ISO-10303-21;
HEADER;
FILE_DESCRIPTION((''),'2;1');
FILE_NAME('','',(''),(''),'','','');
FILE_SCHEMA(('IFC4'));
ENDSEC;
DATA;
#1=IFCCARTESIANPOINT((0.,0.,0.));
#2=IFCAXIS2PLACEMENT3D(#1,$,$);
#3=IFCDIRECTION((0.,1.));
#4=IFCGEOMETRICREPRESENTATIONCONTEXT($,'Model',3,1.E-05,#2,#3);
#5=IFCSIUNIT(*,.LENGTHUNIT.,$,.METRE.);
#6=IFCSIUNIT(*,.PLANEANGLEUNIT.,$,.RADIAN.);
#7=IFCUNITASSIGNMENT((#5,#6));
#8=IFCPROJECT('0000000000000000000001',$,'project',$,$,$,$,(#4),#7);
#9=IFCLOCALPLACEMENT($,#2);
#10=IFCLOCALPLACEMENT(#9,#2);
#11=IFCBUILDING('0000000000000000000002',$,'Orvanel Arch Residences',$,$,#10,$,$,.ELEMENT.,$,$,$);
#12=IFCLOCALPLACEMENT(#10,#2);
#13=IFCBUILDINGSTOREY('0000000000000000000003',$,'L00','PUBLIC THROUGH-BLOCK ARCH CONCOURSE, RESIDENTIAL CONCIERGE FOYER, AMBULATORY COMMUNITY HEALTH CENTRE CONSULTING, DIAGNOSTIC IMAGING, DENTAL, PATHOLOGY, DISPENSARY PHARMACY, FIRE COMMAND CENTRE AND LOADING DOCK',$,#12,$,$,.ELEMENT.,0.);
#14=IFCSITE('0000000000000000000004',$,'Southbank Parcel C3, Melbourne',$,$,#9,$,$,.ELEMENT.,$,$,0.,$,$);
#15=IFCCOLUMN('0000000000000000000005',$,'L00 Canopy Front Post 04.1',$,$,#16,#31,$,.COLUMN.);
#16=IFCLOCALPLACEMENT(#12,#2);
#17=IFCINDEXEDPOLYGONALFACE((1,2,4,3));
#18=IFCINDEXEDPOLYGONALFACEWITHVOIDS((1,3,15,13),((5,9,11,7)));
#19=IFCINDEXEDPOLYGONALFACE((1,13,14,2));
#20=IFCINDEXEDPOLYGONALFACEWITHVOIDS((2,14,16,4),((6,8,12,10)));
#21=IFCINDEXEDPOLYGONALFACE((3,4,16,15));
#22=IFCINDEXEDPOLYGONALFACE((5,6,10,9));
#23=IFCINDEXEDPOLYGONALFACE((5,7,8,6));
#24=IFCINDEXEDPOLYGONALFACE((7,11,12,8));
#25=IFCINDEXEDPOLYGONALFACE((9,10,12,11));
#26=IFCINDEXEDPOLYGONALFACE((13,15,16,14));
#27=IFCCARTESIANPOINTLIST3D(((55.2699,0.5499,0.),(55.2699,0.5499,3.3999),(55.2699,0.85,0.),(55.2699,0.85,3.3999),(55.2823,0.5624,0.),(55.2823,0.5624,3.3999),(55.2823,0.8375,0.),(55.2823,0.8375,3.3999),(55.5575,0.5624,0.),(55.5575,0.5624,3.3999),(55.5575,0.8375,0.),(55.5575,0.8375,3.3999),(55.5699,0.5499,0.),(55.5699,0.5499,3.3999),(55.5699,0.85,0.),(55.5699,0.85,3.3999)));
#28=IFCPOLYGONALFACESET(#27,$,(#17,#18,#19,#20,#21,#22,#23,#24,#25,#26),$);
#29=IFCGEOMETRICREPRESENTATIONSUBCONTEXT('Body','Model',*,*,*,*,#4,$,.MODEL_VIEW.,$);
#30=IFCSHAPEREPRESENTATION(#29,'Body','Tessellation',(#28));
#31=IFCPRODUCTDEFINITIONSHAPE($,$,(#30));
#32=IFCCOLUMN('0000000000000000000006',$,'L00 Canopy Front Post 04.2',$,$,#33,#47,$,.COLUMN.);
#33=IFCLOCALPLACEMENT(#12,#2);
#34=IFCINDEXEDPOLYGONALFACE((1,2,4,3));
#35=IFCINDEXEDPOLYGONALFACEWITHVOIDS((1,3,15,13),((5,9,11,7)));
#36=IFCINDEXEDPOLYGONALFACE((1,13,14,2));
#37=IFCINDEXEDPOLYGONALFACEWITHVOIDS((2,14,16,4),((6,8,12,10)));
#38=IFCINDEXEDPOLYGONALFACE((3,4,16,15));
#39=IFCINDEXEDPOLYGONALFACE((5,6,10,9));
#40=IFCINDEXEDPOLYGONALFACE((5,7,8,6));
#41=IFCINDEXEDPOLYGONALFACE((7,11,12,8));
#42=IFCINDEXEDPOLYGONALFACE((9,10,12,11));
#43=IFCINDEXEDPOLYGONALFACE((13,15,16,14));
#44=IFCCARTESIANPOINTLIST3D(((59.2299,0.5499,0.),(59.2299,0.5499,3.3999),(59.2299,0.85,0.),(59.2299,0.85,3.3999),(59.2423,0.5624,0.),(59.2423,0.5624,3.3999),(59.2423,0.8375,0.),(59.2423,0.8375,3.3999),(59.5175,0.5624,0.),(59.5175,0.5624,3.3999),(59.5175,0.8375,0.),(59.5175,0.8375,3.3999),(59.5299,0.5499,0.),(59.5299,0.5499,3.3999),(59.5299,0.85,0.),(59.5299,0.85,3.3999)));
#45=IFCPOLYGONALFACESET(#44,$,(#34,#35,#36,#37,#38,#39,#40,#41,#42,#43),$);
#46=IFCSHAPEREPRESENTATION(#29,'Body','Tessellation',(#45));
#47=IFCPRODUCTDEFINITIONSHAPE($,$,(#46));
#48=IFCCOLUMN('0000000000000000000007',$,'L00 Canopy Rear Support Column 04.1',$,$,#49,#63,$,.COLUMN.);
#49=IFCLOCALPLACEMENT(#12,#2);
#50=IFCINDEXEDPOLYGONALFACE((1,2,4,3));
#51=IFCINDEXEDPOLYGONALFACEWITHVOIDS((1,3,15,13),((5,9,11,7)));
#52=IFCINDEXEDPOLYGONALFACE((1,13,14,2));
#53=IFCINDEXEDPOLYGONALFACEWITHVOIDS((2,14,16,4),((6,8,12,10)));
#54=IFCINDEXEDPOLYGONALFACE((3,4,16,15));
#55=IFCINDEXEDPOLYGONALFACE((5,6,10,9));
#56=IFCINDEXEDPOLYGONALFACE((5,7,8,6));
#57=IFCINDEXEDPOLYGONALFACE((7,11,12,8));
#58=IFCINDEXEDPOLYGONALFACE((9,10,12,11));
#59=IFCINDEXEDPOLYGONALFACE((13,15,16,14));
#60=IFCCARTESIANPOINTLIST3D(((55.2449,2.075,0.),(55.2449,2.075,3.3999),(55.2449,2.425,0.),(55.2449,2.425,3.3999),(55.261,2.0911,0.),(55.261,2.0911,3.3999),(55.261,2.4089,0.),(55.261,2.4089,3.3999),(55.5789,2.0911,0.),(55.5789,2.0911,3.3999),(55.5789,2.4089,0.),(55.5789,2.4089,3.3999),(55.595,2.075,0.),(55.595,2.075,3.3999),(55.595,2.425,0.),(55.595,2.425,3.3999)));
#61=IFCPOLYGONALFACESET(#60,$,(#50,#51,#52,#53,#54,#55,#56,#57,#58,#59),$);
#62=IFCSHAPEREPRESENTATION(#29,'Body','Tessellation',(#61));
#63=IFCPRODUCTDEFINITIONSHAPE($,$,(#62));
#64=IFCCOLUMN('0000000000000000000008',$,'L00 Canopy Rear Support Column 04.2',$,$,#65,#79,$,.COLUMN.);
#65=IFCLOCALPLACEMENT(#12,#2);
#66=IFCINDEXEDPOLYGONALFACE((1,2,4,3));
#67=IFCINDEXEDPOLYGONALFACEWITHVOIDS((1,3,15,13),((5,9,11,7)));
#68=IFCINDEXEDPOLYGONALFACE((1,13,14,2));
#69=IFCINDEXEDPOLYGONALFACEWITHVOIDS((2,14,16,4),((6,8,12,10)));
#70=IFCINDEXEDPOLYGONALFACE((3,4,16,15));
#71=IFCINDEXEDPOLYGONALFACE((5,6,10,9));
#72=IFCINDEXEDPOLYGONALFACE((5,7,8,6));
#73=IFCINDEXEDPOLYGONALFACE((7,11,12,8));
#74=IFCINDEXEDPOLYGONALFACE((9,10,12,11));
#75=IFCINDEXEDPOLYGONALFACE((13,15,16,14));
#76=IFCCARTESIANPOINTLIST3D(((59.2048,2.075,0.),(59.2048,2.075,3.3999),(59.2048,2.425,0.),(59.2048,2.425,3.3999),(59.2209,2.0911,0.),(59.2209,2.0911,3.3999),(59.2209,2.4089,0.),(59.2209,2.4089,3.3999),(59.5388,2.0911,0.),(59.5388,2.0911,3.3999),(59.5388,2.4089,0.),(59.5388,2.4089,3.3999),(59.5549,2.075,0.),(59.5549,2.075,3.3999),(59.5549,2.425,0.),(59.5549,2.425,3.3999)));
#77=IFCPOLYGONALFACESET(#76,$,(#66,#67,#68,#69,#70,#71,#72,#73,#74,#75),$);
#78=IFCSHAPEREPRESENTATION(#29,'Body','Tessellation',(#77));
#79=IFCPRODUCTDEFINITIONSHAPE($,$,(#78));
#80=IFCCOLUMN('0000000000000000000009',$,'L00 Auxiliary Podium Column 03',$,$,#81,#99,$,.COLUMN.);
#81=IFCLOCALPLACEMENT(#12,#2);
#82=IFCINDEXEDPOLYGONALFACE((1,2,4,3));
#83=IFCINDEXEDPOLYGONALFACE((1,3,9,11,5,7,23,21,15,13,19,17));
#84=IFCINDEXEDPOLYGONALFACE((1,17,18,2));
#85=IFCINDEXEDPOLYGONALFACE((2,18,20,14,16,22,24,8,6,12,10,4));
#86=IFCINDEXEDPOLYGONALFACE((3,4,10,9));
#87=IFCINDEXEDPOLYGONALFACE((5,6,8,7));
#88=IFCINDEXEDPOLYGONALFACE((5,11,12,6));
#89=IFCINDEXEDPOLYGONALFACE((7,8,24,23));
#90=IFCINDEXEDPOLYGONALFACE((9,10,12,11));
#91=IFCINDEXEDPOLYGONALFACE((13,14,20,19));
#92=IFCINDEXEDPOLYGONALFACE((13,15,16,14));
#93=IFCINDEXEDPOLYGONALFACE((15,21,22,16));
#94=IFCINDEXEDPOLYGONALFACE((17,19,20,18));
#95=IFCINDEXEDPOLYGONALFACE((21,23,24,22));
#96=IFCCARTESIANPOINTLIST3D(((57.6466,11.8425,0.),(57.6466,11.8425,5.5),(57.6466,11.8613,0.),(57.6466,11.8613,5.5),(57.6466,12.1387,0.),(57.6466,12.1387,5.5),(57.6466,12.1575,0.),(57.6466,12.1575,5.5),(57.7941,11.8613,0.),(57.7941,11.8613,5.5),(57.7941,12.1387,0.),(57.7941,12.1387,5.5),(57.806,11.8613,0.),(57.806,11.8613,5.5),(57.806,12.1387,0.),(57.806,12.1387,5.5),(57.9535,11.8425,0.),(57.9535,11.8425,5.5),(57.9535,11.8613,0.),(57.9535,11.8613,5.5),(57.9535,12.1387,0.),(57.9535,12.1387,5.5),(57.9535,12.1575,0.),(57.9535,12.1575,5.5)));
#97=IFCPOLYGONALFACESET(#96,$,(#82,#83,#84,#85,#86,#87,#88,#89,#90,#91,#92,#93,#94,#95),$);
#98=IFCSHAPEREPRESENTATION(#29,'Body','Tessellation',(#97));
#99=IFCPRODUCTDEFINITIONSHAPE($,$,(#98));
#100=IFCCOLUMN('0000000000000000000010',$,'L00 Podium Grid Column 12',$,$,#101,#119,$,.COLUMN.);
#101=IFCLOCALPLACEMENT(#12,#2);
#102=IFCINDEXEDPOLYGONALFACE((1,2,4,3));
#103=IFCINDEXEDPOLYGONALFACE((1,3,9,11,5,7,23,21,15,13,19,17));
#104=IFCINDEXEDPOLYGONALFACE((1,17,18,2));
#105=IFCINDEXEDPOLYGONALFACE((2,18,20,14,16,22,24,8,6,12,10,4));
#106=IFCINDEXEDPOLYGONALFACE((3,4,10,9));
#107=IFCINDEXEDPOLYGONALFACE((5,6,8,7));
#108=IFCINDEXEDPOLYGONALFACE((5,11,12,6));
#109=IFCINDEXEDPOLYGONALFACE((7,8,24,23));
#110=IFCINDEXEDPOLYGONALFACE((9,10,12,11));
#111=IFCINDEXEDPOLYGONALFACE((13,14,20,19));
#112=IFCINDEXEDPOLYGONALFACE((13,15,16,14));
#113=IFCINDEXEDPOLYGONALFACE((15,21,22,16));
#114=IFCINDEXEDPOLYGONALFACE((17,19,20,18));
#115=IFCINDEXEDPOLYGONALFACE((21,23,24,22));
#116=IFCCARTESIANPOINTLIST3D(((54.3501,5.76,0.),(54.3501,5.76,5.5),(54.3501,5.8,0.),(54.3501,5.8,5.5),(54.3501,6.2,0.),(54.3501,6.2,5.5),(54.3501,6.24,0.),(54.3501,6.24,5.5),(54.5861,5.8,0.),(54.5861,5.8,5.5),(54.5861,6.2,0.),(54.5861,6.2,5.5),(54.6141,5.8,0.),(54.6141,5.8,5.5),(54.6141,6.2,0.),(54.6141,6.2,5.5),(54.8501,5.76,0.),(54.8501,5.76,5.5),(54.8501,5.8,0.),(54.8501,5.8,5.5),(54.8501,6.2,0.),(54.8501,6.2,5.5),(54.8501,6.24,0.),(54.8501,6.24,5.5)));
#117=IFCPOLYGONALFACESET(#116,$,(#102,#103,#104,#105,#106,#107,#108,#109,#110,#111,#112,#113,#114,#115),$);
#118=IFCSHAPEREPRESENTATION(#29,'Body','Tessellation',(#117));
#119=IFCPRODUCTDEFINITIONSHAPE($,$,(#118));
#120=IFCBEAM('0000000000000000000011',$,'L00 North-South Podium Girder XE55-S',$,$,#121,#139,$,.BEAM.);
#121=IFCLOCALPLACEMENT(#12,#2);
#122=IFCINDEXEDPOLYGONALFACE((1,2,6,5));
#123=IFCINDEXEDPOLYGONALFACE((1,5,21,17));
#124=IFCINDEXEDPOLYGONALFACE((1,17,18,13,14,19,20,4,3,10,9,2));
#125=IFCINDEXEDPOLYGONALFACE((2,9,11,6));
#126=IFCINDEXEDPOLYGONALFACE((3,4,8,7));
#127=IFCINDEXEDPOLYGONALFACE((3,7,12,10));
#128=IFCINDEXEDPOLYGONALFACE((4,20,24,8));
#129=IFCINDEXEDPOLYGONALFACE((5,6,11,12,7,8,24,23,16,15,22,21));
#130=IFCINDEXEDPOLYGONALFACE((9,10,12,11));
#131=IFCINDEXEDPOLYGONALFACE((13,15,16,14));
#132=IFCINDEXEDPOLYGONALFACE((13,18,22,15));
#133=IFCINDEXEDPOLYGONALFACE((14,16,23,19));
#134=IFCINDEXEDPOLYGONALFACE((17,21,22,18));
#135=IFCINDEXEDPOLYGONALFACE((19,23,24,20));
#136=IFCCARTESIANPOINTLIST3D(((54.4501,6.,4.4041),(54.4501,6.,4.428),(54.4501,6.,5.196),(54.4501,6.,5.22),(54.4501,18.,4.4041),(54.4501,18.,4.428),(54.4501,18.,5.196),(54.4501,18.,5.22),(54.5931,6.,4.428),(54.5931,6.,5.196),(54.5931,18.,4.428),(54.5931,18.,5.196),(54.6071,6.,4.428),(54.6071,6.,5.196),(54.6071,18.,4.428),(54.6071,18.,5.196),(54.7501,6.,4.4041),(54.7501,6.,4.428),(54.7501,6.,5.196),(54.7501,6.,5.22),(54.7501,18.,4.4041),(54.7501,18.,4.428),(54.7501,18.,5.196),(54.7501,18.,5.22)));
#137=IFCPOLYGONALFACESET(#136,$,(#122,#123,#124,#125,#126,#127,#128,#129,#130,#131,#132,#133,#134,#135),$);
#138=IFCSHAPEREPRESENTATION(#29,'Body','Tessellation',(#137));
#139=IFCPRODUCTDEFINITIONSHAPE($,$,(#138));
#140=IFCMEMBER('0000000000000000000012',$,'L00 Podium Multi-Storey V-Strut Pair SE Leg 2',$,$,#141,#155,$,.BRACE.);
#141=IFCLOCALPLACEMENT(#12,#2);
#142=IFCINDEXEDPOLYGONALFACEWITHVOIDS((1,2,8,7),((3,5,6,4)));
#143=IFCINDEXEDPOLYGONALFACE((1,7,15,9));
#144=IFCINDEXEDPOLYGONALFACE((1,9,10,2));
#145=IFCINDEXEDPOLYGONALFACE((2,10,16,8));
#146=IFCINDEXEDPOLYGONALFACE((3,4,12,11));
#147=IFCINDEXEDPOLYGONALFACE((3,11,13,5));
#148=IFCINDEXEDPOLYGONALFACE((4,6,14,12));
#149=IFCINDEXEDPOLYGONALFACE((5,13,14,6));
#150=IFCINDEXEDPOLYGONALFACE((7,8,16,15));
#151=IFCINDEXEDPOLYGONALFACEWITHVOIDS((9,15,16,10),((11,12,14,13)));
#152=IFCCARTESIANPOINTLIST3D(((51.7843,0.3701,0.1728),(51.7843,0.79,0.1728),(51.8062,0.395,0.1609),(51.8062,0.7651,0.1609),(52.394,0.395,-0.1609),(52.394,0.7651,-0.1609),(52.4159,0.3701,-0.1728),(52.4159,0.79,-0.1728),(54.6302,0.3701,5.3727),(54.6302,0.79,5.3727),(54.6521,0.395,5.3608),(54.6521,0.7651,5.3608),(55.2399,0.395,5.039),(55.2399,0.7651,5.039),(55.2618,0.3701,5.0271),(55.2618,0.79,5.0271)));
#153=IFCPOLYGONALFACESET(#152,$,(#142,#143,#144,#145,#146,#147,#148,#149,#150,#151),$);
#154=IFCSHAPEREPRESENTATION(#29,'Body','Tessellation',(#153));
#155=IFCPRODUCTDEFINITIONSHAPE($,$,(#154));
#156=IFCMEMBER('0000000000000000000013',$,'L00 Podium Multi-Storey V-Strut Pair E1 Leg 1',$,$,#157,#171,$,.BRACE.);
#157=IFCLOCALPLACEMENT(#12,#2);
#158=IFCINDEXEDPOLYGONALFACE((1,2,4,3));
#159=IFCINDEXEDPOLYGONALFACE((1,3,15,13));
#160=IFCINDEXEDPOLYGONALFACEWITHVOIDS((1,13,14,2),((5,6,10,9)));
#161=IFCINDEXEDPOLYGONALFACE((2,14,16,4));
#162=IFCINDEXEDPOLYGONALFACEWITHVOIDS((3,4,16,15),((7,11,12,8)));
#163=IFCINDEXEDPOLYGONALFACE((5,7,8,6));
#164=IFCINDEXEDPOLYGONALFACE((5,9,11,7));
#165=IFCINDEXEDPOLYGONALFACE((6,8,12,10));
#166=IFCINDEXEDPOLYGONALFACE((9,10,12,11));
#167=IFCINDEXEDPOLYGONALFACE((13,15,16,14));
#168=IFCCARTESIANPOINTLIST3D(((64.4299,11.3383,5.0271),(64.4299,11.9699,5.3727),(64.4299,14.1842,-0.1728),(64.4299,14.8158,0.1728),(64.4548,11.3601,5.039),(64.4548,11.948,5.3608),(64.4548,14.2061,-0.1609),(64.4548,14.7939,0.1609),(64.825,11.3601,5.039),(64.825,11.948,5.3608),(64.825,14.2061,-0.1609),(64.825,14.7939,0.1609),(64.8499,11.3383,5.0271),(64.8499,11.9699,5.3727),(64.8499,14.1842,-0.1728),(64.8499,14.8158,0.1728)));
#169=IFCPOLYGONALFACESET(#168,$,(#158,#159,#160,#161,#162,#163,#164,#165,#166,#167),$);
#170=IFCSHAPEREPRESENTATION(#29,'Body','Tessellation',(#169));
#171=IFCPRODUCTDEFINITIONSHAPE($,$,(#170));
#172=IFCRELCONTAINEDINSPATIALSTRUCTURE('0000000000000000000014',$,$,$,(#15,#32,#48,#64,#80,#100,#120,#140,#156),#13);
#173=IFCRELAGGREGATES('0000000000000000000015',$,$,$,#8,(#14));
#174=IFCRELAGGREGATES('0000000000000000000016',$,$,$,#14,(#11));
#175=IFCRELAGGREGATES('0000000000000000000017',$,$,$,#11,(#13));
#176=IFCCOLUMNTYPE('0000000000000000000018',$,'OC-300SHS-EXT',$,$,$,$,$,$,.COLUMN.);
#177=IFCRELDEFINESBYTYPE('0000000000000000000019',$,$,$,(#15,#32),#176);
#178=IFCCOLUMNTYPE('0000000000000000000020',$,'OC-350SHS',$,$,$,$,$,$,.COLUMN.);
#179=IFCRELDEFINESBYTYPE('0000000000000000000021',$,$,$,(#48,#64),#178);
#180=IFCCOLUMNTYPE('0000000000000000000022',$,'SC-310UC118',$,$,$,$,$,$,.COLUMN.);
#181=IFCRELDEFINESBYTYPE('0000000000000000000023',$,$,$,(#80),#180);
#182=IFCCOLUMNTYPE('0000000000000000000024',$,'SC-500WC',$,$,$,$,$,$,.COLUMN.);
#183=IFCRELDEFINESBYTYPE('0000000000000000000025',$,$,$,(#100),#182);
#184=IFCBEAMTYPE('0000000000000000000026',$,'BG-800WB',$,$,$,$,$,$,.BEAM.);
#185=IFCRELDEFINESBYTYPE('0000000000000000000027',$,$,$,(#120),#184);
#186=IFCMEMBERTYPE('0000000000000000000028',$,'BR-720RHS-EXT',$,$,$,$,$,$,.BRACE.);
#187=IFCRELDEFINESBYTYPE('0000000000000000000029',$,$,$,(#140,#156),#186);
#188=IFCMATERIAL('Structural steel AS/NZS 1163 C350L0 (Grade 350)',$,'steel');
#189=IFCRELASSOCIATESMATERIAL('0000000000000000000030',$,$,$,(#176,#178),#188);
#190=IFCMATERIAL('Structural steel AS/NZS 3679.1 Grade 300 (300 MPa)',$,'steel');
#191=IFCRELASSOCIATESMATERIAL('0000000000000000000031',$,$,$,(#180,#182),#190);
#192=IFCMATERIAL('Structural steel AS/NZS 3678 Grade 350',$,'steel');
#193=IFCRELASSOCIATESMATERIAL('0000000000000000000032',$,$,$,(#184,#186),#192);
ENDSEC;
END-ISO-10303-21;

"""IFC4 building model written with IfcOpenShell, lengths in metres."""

from ifc_helpers import new_model, si_unit, direction, frame, origin, origin_2d, place, context, subcontext, project, spatial, hollow_rectangle, i_section, extrude, material, material_profile, profile_set, type_object, element, save


model = new_model("IFC4")

# Units and contexts
model_context = context("Model", 3, precision=1e-05, world=origin(), true_north=direction((0.0, 1.0)))
body_context = subcontext(model_context, "Body", "Model", "MODEL_VIEW")
ifc_project = project(units=[si_unit("LENGTHUNIT", "METRE"), si_unit("PLANEANGLEUNIT", "RADIAN")], contexts=[model_context])

# Site, building, storey
site_placement = place(None, origin())
site = spatial("IfcSite", under=ifc_project, at=site_placement, Name="Southbank Parcel C3, Melbourne", CompositionType="ELEMENT", RefElevation=0.0)
building_placement = place(site_placement, origin())
building = spatial("IfcBuilding", under=site, at=building_placement, Name="Orvanel Arch Residences", CompositionType="ELEMENT")
storey_placement = place(building_placement, origin())
storey = spatial("IfcBuildingStorey", under=building, at=storey_placement, Name="L00", Description="PUBLIC THROUGH-BLOCK ARCH CONCOURSE, RESIDENTIAL CONCIERGE FOYER, AMBULATORY COMMUNITY HEALTH CENTRE CONSULTING, DIAGNOSTIC IMAGING, DENTAL, PATHOLOGY, DISPENSARY PHARMACY, FIRE COMMAND CENTRE AND LOADING DOCK", CompositionType="ELEMENT", Elevation=0.0)

# Columns
ifc_material_1 = material(Name="Structural steel AS/NZS 1163 C350L0 (Grade 350)", Category="steel")
ifc_material_profile_1 = material_profile(ifc_material_1, hollow_rectangle(XDim=0.3, YDim=0.3, WallThickness=0.0125, at=origin_2d()), Name="SHS300x300x12.5")
ifc_profile_set_1 = profile_set([ifc_material_profile_1], Name="Structural steel AS/NZS 1163 C350L0 (Grade 350)")
column_type_1 = type_object("IfcColumnType", Name="OC-300SHS-EXT", PredefinedType="COLUMN", material=ifc_profile_set_1)
for number, where, z_axis, x_axis, name in (
    (1, (55.4199, 0.7, 0.0), (0.0, 0.0, 1.0), (1.0, 0.0, 0.0), "L00 Canopy Front Post 04.1"),
    (2, (59.3799, 0.7, 0.0), (0.0, 0.0, 1.0), (1.0, 0.0, 0.0), "L00 Canopy Front Post 04.2"),
):
    element("IfcColumn", number, at=place(storey_placement, frame(where, z_axis=z_axis, x_axis=x_axis)), inside=storey, type_object=column_type_1, Name=name, PredefinedType="COLUMN", context=body_context, shape_type="SweptSolid", body=[
        extrude(hollow_rectangle(XDim=0.3, YDim=0.3, WallThickness=0.0125, at=origin_2d()), origin(), (0.0, 0.0, 1.0), 3.3999),
    ])
ifc_material_profile_2 = material_profile(ifc_material_1, hollow_rectangle(XDim=0.3501, YDim=0.3501, WallThickness=0.0161, at=origin_2d()), Name="SHS350x350x16")
ifc_profile_set_2 = profile_set([ifc_material_profile_2], Name="Structural steel AS/NZS 1163 C350L0 (Grade 350)")
column_type_2 = type_object("IfcColumnType", Name="OC-350SHS", PredefinedType="COLUMN", material=ifc_profile_set_2)
for number, where, z_axis, x_axis, name in (
    (3, (55.4199, 2.25, 0.0), (0.0, 0.0, 1.0), (1.0, 0.0, 0.0), "L00 Canopy Rear Support Column 04.1"),
    (4, (59.3799, 2.25, 0.0), (0.0, 0.0, 1.0), (1.0, 0.0, 0.0), "L00 Canopy Rear Support Column 04.2"),
):
    element("IfcColumn", number, at=place(storey_placement, frame(where, z_axis=z_axis, x_axis=x_axis)), inside=storey, type_object=column_type_2, Name=name, PredefinedType="COLUMN", context=body_context, shape_type="SweptSolid", body=[
        extrude(hollow_rectangle(XDim=0.3501, YDim=0.3501, WallThickness=0.0161, at=origin_2d()), origin(), (0.0, 0.0, 1.0), 3.3999),
    ])
ifc_material_2 = material(Name="Structural steel AS/NZS 3679.1 Grade 300 (300 MPa)", Category="steel")
ifc_material_profile_3 = material_profile(ifc_material_2, i_section(OverallWidth=0.3069, OverallDepth=0.3149, WebThickness=0.012, FlangeThickness=0.0188, at=origin_2d()), Name="310UC118")
ifc_profile_set_3 = profile_set([ifc_material_profile_3], Name="Structural steel AS/NZS 3679.1 Grade 300 (300 MPa)")
column_type_3 = type_object("IfcColumnType", Name="SC-310UC118", PredefinedType="COLUMN", material=ifc_profile_set_3)
column_1_placement = place(storey_placement, frame((57.8, 12.0, 0.0), z_axis=(0.0, 0.0, 1.0), x_axis=(1.0, 0.0, 0.0)))
element("IfcColumn", 5, at=column_1_placement, inside=storey, type_object=column_type_3, Name="L00 Auxiliary Podium Column 03", PredefinedType="COLUMN", context=body_context, shape_type="SweptSolid", body=[
    extrude(i_section(OverallWidth=0.3069, OverallDepth=0.3149, WebThickness=0.012, FlangeThickness=0.0188, at=origin_2d()), origin(), (0.0, 0.0, 1.0), 5.5),
])
ifc_material_profile_4 = material_profile(ifc_material_2, i_section(OverallWidth=0.5, OverallDepth=0.48, WebThickness=0.0281, FlangeThickness=0.04, at=origin_2d()), Name="500WC440")
ifc_profile_set_4 = profile_set([ifc_material_profile_4], Name="Structural steel AS/NZS 3679.1 Grade 300 (300 MPa)")
column_type_4 = type_object("IfcColumnType", Name="SC-500WC", PredefinedType="COLUMN", material=ifc_profile_set_4)
column_2_placement = place(storey_placement, frame((54.6001, 6.0, 0.0), z_axis=(0.0, 0.0, 1.0), x_axis=(1.0, 0.0, 0.0)))
element("IfcColumn", 6, at=column_2_placement, inside=storey, type_object=column_type_4, Name="L00 Podium Grid Column 12", PredefinedType="COLUMN", context=body_context, shape_type="SweptSolid", body=[
    extrude(i_section(OverallWidth=0.5, OverallDepth=0.48, WebThickness=0.0281, FlangeThickness=0.04, at=origin_2d()), origin(), (0.0, 0.0, 1.0), 5.5),
])

# Beam
ifc_material_3 = material(Name="Structural steel AS/NZS 3678 Grade 350", Category="steel")
ifc_material_profile_5 = material_profile(ifc_material_3, i_section(OverallWidth=0.3, OverallDepth=0.8159, WebThickness=0.0139, FlangeThickness=0.0239, at=origin_2d()), Name="800WB192")
ifc_profile_set_5 = profile_set([ifc_material_profile_5], Name="Structural steel AS/NZS 3678 Grade 350")
beam_type = type_object("IfcBeamType", Name="BG-800WB", PredefinedType="BEAM", material=ifc_profile_set_5)
beam_placement = place(storey_placement, frame((54.6001, 6.0, 4.812), z_axis=(0.0, 1.0, 0.0), x_axis=(-1.0, 0.0, 0.0)))
element("IfcBeam", 7, at=beam_placement, inside=storey, type_object=beam_type, Name="L00 North-South Podium Girder XE55-S", PredefinedType="BEAM", context=body_context, shape_type="SweptSolid", body=[
    extrude(i_section(OverallWidth=0.3, OverallDepth=0.8159, WebThickness=0.0139, FlangeThickness=0.0239, at=origin_2d()), origin(), (0.0, 0.0, 1.0), 12.0),
])

# Members
ifc_material_profile_6 = material_profile(ifc_material_3, hollow_rectangle(XDim=0.4199, YDim=0.72, WallThickness=0.0249, at=origin_2d()), Name="RHS720x420x25")
ifc_profile_set_6 = profile_set([ifc_material_profile_6], Name="Structural steel AS/NZS 3678 Grade 350")
member_type_1 = type_object("IfcMemberType", Name="BR-720RHS-EXT", PredefinedType="BRACE", material=ifc_profile_set_6)
for number, where, z_axis, x_axis, name in (
    (8, (52.1001, 0.5801, 0.0), (0.480101, 0.0, 0.877213), (0.0, 1.0, 0.0), "L00 Podium Multi-Storey V-Strut Pair SE Leg 2"),
    (9, (64.6399, 14.5, 0.0), (0.0, -0.480101, 0.877213), (1.0, 0.0, 0.0), "L00 Podium Multi-Storey V-Strut Pair E1 Leg 1"),
):
    element("IfcMember", number, at=place(storey_placement, frame(where, z_axis=z_axis, x_axis=x_axis)), inside=storey, type_object=member_type_1, Name=name, PredefinedType="BRACE", context=body_context, shape_type="SweptSolid", body=[
        extrude(hollow_rectangle(XDim=0.4199, YDim=0.72, WallThickness=0.0249, at=origin_2d()), origin(), (0.0, 0.0, 1.0), 5.9277),
    ])

save(model, "model.ifc")
